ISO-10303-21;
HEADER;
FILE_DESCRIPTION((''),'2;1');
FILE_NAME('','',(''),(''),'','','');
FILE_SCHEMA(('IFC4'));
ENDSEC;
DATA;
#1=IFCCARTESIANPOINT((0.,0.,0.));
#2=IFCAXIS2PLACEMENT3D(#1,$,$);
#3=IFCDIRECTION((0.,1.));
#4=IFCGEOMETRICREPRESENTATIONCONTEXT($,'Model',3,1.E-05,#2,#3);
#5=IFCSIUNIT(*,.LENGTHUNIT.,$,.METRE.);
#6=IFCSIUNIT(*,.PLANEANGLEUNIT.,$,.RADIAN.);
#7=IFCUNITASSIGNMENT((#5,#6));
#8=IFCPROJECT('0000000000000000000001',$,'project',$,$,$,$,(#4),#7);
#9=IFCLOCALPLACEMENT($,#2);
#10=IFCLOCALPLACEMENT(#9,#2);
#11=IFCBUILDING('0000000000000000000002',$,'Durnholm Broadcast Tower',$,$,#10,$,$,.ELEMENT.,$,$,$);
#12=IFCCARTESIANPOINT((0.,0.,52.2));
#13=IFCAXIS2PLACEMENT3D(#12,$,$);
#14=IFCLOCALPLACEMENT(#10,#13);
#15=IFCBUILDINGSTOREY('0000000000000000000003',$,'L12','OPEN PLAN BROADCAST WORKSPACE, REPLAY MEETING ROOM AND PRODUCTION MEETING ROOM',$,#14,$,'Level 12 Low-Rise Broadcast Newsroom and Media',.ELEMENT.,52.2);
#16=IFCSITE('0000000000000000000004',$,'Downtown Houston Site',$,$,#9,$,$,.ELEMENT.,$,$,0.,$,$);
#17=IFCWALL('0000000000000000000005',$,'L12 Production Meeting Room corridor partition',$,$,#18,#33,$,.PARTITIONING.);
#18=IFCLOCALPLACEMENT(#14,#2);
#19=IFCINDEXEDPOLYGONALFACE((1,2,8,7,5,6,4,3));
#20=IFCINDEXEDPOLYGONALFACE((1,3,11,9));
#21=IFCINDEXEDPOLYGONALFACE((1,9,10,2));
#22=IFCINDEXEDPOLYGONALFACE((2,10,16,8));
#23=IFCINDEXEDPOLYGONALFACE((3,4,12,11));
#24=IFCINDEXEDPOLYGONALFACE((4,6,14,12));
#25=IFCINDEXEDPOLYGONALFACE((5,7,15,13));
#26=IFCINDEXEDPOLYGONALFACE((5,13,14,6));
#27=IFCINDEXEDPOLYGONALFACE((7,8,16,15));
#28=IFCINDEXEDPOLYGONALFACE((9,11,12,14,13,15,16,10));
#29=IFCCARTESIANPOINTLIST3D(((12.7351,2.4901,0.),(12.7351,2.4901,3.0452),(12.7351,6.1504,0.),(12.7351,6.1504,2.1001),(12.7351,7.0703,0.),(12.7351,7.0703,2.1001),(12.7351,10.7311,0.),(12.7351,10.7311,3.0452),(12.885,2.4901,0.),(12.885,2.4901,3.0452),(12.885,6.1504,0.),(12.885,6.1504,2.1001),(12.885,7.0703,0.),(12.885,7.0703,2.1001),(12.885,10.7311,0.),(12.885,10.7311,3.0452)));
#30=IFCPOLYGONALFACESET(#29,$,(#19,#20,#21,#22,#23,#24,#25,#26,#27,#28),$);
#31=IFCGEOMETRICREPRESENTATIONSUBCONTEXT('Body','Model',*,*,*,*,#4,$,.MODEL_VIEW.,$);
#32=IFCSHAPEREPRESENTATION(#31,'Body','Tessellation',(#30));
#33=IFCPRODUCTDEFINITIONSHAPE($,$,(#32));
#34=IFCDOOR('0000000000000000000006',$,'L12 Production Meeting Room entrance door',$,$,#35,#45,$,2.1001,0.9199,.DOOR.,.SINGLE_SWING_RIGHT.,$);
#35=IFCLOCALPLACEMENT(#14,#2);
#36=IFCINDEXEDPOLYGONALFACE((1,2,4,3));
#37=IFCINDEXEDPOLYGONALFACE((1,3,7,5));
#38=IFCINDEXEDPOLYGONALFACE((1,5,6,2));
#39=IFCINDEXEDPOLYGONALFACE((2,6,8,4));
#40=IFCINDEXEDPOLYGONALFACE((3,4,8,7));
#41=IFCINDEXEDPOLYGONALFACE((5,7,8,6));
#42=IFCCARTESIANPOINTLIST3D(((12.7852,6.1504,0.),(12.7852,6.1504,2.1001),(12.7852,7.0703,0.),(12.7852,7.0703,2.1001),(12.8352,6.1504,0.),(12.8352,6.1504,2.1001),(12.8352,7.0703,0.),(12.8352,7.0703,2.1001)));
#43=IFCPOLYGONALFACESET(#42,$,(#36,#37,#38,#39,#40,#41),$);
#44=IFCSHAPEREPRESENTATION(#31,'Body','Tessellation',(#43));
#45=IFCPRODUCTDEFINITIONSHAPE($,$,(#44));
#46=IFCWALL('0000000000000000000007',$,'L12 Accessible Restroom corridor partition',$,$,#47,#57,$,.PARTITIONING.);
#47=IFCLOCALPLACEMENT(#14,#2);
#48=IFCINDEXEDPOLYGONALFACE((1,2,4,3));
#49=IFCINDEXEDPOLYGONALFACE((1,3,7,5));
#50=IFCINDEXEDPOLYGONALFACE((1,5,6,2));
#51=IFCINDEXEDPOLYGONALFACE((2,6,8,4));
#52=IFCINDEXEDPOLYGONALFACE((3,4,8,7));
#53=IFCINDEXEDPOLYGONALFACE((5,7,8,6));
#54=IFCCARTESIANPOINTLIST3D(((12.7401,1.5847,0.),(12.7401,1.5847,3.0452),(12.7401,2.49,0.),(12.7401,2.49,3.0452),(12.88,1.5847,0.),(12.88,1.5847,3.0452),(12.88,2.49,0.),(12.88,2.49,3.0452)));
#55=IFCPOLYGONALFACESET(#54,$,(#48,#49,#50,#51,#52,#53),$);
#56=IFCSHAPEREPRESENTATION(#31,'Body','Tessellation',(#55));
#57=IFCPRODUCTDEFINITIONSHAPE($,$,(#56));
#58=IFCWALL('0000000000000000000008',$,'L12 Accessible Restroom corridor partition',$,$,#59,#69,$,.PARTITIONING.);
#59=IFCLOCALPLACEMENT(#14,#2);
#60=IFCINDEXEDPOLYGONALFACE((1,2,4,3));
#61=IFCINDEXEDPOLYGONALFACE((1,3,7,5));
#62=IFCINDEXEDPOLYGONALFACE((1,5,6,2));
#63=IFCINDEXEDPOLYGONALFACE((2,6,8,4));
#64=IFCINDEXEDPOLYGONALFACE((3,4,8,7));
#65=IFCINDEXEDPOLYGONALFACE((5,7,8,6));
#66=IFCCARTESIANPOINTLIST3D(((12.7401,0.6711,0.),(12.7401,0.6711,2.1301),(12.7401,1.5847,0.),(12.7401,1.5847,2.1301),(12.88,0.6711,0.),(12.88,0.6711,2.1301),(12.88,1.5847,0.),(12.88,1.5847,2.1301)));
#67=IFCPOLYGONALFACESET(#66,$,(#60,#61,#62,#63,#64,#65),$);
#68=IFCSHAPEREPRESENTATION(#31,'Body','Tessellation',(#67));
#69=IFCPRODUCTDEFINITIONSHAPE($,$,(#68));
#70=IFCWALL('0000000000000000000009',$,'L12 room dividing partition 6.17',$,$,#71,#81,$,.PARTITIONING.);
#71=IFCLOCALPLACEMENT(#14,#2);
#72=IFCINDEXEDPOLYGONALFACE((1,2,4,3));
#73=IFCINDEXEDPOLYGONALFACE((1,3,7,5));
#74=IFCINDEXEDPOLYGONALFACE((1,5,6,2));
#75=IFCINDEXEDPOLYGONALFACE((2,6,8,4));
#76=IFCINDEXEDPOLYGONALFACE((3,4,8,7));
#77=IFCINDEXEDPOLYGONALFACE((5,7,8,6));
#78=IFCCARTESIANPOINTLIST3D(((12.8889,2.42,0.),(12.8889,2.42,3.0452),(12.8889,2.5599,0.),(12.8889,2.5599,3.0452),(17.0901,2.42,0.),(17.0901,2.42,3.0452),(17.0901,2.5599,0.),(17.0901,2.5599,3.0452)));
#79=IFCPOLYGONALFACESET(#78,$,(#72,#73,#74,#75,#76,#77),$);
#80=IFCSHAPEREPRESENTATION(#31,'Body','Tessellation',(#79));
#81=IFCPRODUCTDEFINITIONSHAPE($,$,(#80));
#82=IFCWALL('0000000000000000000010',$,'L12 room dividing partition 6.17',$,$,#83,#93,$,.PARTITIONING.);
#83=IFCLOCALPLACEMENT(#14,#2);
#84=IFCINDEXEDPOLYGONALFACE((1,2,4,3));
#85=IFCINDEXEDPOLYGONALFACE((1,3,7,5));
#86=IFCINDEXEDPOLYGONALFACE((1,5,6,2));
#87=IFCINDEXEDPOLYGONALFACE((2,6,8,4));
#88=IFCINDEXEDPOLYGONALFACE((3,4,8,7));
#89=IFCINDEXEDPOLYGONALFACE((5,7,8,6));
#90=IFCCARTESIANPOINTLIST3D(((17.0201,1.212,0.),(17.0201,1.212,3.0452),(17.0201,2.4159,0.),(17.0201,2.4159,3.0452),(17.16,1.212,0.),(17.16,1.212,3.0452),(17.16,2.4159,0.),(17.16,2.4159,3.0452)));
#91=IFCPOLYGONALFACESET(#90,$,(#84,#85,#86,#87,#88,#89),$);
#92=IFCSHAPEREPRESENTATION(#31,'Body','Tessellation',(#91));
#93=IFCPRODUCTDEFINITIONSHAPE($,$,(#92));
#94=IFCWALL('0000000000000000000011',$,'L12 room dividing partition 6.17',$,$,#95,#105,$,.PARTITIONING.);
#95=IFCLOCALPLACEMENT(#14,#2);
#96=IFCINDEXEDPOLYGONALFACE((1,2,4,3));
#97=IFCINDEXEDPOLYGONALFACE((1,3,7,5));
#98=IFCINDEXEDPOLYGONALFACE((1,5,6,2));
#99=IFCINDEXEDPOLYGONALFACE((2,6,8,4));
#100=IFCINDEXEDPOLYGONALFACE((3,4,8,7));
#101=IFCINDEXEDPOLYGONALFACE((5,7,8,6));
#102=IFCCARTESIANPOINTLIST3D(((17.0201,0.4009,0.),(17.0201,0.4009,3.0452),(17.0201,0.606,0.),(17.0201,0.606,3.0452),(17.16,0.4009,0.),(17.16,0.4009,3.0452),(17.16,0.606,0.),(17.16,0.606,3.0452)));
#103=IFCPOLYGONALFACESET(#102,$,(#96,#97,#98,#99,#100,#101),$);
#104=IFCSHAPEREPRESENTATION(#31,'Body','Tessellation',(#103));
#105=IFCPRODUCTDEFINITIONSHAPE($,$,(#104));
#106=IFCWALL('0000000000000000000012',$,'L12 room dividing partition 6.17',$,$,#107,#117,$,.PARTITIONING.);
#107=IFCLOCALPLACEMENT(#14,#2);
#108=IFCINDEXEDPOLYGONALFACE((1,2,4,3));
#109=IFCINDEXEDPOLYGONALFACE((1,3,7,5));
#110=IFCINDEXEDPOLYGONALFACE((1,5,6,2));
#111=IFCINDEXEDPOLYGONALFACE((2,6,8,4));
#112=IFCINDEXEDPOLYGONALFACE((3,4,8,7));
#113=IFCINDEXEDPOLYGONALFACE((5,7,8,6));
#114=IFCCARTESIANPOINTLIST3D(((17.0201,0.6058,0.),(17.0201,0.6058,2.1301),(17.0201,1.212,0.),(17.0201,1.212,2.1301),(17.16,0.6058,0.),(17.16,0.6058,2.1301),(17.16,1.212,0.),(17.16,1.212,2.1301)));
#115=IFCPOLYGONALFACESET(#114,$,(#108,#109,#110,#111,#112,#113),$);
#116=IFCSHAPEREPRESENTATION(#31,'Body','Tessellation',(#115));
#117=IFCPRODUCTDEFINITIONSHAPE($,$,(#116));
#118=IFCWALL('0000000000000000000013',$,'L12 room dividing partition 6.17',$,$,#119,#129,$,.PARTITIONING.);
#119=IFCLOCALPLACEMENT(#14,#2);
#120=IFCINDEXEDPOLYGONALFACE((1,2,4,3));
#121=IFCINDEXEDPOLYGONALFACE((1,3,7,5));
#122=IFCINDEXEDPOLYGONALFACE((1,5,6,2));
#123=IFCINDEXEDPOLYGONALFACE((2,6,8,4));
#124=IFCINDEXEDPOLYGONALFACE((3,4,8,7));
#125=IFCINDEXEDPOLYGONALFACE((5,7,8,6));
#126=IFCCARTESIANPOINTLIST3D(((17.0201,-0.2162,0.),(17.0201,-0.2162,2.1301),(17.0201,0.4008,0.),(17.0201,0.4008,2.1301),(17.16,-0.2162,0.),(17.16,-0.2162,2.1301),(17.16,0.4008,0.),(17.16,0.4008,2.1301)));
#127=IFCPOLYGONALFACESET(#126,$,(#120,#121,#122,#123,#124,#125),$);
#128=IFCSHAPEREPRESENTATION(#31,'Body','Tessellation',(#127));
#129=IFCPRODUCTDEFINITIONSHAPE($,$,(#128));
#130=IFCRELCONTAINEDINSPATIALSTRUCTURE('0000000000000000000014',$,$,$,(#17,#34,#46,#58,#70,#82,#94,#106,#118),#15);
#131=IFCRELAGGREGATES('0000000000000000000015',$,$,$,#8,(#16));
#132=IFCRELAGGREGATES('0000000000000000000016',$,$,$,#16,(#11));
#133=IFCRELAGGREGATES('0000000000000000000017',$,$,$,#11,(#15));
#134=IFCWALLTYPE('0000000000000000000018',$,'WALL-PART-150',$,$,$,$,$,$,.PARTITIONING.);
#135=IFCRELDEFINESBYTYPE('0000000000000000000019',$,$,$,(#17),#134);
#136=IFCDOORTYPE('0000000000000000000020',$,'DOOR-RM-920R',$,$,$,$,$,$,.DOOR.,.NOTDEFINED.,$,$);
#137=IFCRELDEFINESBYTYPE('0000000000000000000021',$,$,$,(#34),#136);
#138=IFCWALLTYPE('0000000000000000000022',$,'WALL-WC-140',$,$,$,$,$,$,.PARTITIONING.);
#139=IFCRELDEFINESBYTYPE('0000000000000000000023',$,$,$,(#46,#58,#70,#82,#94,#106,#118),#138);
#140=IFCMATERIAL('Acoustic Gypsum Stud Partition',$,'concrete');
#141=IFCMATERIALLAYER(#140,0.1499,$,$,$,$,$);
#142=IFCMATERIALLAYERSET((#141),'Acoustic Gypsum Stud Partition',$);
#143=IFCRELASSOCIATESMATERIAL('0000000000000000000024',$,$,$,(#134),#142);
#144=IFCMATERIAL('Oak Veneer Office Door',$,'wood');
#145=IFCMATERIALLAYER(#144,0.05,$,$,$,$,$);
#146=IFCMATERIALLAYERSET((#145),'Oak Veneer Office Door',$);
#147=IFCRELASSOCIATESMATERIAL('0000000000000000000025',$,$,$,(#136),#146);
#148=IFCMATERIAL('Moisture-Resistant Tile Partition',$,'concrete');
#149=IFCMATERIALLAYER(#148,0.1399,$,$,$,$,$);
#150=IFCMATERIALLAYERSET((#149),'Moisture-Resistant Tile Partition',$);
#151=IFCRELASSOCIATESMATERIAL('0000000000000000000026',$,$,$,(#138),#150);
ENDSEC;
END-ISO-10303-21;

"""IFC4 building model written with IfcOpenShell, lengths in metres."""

from ifc_helpers import new_model, si_unit, direction, frame, frame_2d, origin, place, context, subcontext, project, spatial, rectangle, extrude, source, transform, mapped, material, layer, layer_set, type_object, type_shapes, element, fill, save


model = new_model("IFC4")

# Units and contexts
model_context = context("Model", 3, precision=1e-05, world=origin(), true_north=direction((0.0, 1.0)))
body_context = subcontext(model_context, "Body", "Model", "MODEL_VIEW")
ifc_project = project(units=[si_unit("LENGTHUNIT", "METRE"), si_unit("PLANEANGLEUNIT", "RADIAN")], contexts=[model_context])

# Site, building, storey
site_placement = place(None, origin())
site = spatial("IfcSite", under=ifc_project, at=site_placement, Name="Downtown Houston Site", CompositionType="ELEMENT", RefElevation=0.0)
building_placement = place(site_placement, origin())
building = spatial("IfcBuilding", under=site, at=building_placement, Name="Durnholm Broadcast Tower", CompositionType="ELEMENT")
storey_placement = place(building_placement, frame((0.0, 0.0, 52.2)))
storey = spatial("IfcBuildingStorey", under=building, at=storey_placement, Name="L12", Description="OPEN PLAN BROADCAST WORKSPACE, REPLAY MEETING ROOM AND PRODUCTION MEETING ROOM", LongName="Level 12 Low-Rise Broadcast Newsroom and Media", CompositionType="ELEMENT", Elevation=52.2)

# Wall, opening, door
ifc_material_1 = material(Name="Acoustic Gypsum Stud Partition", Category="concrete")
ifc_layer_1 = layer(ifc_material_1, 0.1499)
ifc_layer_set_1 = layer_set([ifc_layer_1], Name="Acoustic Gypsum Stud Partition")
wall_type_1 = type_object("IfcWallType", Name="WALL-PART-150", PredefinedType="PARTITIONING", material=ifc_layer_set_1)
wall_1_placement = place(storey_placement, frame((12.8101, 2.49, 0.0), z_axis=(0.0, 0.0, 1.0), x_axis=(0.0, 1.0, 0.0)))
wall_1 = element("IfcWall", 1, at=wall_1_placement, inside=storey, type_object=wall_type_1, Name="L12 Production Meeting Room corridor partition", PredefinedType="PARTITIONING", context=body_context, shape_type="SweptSolid", body=[
    extrude(rectangle(XDim=8.241, YDim=0.1499, at=frame_2d((4.1206, 0.0))), origin(), (0.0, 0.0, 1.0), 3.0452),
])
opening_placement = place(wall_1_placement, frame((3.6604, 0.0, 0.0)))
opening = element("IfcOpeningElement", 2, at=opening_placement, cuts=wall_1, PredefinedType="OPENING", context=body_context, shape_type="SweptSolid", body=[
    extrude(rectangle(XDim=0.9199, YDim=2.1001, at=frame_2d((0.46, 1.05))), frame((0.0, 0.085, 0.0), z_axis=(0.0, -1.0, 0.0), x_axis=(1.0, 0.0, 0.0)), (0.0, 0.0, 1.0), 0.1699),
])
ifc_material_2 = material(Name="Oak Veneer Office Door", Category="wood")
ifc_layer_2 = layer(ifc_material_2, 0.05)
ifc_layer_set_2 = layer_set([ifc_layer_2], Name="Oak Veneer Office Door")
door_type = type_object("IfcDoorType", Name="DOOR-RM-920R", OperationType="NOTDEFINED", PredefinedType="DOOR", material=ifc_layer_set_2)
shared_shape_1 = source(origin(), body_context, "Body", "SweptSolid", [
    extrude(rectangle(XDim=0.9199, YDim=2.1001, at=frame_2d((0.46, 1.05))), frame((0.0, 0.0249, 0.0), z_axis=(0.0, -1.0, 0.0), x_axis=(1.0, 0.0, 0.0)), (0.0, 0.0, 1.0), 0.05),
])
type_shapes(door_type, [shared_shape_1])
door_placement = place(opening_placement, origin())
door = element("IfcDoor", 3, at=door_placement, inside=storey, type_object=door_type, Name="L12 Production Meeting Room entrance door", OperationType="SINGLE_SWING_RIGHT", OverallHeight=2.1001, OverallWidth=0.9199, PredefinedType="DOOR", context=body_context, shape_type="MappedRepresentation", body=[
    mapped(shared_shape_1, transform((0.0, 0.0, 0.0), x_axis=(1.0, 0.0, 0.0), y_axis=(0.0, 1.0, 0.0), z_axis=(0.0, 0.0, 1.0), scale=1.0)),
])
fill(opening, door)

# Walls
ifc_material_3 = material(Name="Moisture-Resistant Tile Partition", Category="concrete")
ifc_layer_3 = layer(ifc_material_3, 0.1399)
ifc_layer_set_3 = layer_set([ifc_layer_3], Name="Moisture-Resistant Tile Partition")
wall_type_2 = type_object("IfcWallType", Name="WALL-WC-140", PredefinedType="PARTITIONING", material=ifc_layer_set_3)
wall_2_placement = place(storey_placement, frame((12.8101, 1.5847, 0.0), z_axis=(0.0, 0.0, 1.0), x_axis=(0.0, 1.0, 0.0)))
element("IfcWall", 4, at=wall_2_placement, inside=storey, type_object=wall_type_2, Name="L12 Accessible Restroom corridor partition", PredefinedType="PARTITIONING", context=body_context, shape_type="SweptSolid", body=[
    extrude(rectangle(XDim=0.9053, YDim=0.1399, at=frame_2d((0.4526, 0.0))), origin(), (0.0, 0.0, 1.0), 3.0452),
])
wall_3_placement = place(storey_placement, frame((12.8101, 0.6711, 0.0), z_axis=(0.0, 0.0, 1.0), x_axis=(0.0, 1.0, 0.0)))
element("IfcWall", 5, at=wall_3_placement, inside=storey, type_object=wall_type_2, Name="L12 Accessible Restroom corridor partition", PredefinedType="PARTITIONING", context=body_context, shape_type="SweptSolid", body=[
    extrude(rectangle(XDim=0.9136, YDim=0.1399, at=frame_2d((0.4568, 0.0))), origin(), (0.0, 0.0, 1.0), 2.1301),
])
wall_4_placement = place(storey_placement, frame((12.8889, 2.49, 0.0), z_axis=(0.0, 0.0, 1.0), x_axis=(1.0, 0.0, 0.0)))
element("IfcWall", 6, at=wall_4_placement, inside=storey, type_object=wall_type_2, Name="L12 room dividing partition 6.17", PredefinedType="PARTITIONING", context=body_context, shape_type="SweptSolid", body=[
    extrude(rectangle(XDim=4.2012, YDim=0.1399, at=frame_2d((2.1006, 0.0))), origin(), (0.0, 0.0, 1.0), 3.0452),
])
wall_5_placement = place(storey_placement, frame((17.0901, 2.416, 0.0), z_axis=(0.0, 0.0, 1.0), x_axis=(0.0, -1.0, 0.0)))
element("IfcWall", 7, at=wall_5_placement, inside=storey, type_object=wall_type_2, Name="L12 room dividing partition 6.17", PredefinedType="PARTITIONING", context=body_context, shape_type="SweptSolid", body=[
    extrude(rectangle(XDim=1.2039, YDim=0.1399, at=frame_2d((0.6021, 0.0))), origin(), (0.0, 0.0, 1.0), 3.0452),
])
wall_6_placement = place(storey_placement, frame((17.0901, 0.606, 0.0), z_axis=(0.0, 0.0, 1.0), x_axis=(0.0, -1.0, 0.0)))
element("IfcWall", 8, at=wall_6_placement, inside=storey, type_object=wall_type_2, Name="L12 room dividing partition 6.17", PredefinedType="PARTITIONING", context=body_context, shape_type="SweptSolid", body=[
    extrude(rectangle(XDim=0.2051, YDim=0.1399, at=frame_2d((0.1025, 0.0))), origin(), (0.0, 0.0, 1.0), 3.0452),
])
wall_7_placement = place(storey_placement, frame((17.0901, 1.2122, 0.0), z_axis=(0.0, 0.0, 1.0), x_axis=(0.0, -1.0, 0.0)))
element("IfcWall", 9, at=wall_7_placement, inside=storey, type_object=wall_type_2, Name="L12 room dividing partition 6.17", PredefinedType="PARTITIONING", context=body_context, shape_type="SweptSolid", body=[
    extrude(rectangle(XDim=0.6062, YDim=0.1399, at=frame_2d((0.3032, 0.0))), origin(), (0.0, 0.0, 1.0), 2.1301),
])
wall_8_placement = place(storey_placement, frame((17.0901, 0.4009, 0.0), z_axis=(0.0, 0.0, 1.0), x_axis=(0.0, -1.0, 0.0)))
element("IfcWall", 10, at=wall_8_placement, inside=storey, type_object=wall_type_2, Name="L12 room dividing partition 6.17", PredefinedType="PARTITIONING", context=body_context, shape_type="SweptSolid", body=[
    extrude(rectangle(XDim=0.6169, YDim=0.1399, at=frame_2d((0.3086, 0.0))), origin(), (0.0, 0.0, 1.0), 2.1301),
])

save(model, "model.ifc")
